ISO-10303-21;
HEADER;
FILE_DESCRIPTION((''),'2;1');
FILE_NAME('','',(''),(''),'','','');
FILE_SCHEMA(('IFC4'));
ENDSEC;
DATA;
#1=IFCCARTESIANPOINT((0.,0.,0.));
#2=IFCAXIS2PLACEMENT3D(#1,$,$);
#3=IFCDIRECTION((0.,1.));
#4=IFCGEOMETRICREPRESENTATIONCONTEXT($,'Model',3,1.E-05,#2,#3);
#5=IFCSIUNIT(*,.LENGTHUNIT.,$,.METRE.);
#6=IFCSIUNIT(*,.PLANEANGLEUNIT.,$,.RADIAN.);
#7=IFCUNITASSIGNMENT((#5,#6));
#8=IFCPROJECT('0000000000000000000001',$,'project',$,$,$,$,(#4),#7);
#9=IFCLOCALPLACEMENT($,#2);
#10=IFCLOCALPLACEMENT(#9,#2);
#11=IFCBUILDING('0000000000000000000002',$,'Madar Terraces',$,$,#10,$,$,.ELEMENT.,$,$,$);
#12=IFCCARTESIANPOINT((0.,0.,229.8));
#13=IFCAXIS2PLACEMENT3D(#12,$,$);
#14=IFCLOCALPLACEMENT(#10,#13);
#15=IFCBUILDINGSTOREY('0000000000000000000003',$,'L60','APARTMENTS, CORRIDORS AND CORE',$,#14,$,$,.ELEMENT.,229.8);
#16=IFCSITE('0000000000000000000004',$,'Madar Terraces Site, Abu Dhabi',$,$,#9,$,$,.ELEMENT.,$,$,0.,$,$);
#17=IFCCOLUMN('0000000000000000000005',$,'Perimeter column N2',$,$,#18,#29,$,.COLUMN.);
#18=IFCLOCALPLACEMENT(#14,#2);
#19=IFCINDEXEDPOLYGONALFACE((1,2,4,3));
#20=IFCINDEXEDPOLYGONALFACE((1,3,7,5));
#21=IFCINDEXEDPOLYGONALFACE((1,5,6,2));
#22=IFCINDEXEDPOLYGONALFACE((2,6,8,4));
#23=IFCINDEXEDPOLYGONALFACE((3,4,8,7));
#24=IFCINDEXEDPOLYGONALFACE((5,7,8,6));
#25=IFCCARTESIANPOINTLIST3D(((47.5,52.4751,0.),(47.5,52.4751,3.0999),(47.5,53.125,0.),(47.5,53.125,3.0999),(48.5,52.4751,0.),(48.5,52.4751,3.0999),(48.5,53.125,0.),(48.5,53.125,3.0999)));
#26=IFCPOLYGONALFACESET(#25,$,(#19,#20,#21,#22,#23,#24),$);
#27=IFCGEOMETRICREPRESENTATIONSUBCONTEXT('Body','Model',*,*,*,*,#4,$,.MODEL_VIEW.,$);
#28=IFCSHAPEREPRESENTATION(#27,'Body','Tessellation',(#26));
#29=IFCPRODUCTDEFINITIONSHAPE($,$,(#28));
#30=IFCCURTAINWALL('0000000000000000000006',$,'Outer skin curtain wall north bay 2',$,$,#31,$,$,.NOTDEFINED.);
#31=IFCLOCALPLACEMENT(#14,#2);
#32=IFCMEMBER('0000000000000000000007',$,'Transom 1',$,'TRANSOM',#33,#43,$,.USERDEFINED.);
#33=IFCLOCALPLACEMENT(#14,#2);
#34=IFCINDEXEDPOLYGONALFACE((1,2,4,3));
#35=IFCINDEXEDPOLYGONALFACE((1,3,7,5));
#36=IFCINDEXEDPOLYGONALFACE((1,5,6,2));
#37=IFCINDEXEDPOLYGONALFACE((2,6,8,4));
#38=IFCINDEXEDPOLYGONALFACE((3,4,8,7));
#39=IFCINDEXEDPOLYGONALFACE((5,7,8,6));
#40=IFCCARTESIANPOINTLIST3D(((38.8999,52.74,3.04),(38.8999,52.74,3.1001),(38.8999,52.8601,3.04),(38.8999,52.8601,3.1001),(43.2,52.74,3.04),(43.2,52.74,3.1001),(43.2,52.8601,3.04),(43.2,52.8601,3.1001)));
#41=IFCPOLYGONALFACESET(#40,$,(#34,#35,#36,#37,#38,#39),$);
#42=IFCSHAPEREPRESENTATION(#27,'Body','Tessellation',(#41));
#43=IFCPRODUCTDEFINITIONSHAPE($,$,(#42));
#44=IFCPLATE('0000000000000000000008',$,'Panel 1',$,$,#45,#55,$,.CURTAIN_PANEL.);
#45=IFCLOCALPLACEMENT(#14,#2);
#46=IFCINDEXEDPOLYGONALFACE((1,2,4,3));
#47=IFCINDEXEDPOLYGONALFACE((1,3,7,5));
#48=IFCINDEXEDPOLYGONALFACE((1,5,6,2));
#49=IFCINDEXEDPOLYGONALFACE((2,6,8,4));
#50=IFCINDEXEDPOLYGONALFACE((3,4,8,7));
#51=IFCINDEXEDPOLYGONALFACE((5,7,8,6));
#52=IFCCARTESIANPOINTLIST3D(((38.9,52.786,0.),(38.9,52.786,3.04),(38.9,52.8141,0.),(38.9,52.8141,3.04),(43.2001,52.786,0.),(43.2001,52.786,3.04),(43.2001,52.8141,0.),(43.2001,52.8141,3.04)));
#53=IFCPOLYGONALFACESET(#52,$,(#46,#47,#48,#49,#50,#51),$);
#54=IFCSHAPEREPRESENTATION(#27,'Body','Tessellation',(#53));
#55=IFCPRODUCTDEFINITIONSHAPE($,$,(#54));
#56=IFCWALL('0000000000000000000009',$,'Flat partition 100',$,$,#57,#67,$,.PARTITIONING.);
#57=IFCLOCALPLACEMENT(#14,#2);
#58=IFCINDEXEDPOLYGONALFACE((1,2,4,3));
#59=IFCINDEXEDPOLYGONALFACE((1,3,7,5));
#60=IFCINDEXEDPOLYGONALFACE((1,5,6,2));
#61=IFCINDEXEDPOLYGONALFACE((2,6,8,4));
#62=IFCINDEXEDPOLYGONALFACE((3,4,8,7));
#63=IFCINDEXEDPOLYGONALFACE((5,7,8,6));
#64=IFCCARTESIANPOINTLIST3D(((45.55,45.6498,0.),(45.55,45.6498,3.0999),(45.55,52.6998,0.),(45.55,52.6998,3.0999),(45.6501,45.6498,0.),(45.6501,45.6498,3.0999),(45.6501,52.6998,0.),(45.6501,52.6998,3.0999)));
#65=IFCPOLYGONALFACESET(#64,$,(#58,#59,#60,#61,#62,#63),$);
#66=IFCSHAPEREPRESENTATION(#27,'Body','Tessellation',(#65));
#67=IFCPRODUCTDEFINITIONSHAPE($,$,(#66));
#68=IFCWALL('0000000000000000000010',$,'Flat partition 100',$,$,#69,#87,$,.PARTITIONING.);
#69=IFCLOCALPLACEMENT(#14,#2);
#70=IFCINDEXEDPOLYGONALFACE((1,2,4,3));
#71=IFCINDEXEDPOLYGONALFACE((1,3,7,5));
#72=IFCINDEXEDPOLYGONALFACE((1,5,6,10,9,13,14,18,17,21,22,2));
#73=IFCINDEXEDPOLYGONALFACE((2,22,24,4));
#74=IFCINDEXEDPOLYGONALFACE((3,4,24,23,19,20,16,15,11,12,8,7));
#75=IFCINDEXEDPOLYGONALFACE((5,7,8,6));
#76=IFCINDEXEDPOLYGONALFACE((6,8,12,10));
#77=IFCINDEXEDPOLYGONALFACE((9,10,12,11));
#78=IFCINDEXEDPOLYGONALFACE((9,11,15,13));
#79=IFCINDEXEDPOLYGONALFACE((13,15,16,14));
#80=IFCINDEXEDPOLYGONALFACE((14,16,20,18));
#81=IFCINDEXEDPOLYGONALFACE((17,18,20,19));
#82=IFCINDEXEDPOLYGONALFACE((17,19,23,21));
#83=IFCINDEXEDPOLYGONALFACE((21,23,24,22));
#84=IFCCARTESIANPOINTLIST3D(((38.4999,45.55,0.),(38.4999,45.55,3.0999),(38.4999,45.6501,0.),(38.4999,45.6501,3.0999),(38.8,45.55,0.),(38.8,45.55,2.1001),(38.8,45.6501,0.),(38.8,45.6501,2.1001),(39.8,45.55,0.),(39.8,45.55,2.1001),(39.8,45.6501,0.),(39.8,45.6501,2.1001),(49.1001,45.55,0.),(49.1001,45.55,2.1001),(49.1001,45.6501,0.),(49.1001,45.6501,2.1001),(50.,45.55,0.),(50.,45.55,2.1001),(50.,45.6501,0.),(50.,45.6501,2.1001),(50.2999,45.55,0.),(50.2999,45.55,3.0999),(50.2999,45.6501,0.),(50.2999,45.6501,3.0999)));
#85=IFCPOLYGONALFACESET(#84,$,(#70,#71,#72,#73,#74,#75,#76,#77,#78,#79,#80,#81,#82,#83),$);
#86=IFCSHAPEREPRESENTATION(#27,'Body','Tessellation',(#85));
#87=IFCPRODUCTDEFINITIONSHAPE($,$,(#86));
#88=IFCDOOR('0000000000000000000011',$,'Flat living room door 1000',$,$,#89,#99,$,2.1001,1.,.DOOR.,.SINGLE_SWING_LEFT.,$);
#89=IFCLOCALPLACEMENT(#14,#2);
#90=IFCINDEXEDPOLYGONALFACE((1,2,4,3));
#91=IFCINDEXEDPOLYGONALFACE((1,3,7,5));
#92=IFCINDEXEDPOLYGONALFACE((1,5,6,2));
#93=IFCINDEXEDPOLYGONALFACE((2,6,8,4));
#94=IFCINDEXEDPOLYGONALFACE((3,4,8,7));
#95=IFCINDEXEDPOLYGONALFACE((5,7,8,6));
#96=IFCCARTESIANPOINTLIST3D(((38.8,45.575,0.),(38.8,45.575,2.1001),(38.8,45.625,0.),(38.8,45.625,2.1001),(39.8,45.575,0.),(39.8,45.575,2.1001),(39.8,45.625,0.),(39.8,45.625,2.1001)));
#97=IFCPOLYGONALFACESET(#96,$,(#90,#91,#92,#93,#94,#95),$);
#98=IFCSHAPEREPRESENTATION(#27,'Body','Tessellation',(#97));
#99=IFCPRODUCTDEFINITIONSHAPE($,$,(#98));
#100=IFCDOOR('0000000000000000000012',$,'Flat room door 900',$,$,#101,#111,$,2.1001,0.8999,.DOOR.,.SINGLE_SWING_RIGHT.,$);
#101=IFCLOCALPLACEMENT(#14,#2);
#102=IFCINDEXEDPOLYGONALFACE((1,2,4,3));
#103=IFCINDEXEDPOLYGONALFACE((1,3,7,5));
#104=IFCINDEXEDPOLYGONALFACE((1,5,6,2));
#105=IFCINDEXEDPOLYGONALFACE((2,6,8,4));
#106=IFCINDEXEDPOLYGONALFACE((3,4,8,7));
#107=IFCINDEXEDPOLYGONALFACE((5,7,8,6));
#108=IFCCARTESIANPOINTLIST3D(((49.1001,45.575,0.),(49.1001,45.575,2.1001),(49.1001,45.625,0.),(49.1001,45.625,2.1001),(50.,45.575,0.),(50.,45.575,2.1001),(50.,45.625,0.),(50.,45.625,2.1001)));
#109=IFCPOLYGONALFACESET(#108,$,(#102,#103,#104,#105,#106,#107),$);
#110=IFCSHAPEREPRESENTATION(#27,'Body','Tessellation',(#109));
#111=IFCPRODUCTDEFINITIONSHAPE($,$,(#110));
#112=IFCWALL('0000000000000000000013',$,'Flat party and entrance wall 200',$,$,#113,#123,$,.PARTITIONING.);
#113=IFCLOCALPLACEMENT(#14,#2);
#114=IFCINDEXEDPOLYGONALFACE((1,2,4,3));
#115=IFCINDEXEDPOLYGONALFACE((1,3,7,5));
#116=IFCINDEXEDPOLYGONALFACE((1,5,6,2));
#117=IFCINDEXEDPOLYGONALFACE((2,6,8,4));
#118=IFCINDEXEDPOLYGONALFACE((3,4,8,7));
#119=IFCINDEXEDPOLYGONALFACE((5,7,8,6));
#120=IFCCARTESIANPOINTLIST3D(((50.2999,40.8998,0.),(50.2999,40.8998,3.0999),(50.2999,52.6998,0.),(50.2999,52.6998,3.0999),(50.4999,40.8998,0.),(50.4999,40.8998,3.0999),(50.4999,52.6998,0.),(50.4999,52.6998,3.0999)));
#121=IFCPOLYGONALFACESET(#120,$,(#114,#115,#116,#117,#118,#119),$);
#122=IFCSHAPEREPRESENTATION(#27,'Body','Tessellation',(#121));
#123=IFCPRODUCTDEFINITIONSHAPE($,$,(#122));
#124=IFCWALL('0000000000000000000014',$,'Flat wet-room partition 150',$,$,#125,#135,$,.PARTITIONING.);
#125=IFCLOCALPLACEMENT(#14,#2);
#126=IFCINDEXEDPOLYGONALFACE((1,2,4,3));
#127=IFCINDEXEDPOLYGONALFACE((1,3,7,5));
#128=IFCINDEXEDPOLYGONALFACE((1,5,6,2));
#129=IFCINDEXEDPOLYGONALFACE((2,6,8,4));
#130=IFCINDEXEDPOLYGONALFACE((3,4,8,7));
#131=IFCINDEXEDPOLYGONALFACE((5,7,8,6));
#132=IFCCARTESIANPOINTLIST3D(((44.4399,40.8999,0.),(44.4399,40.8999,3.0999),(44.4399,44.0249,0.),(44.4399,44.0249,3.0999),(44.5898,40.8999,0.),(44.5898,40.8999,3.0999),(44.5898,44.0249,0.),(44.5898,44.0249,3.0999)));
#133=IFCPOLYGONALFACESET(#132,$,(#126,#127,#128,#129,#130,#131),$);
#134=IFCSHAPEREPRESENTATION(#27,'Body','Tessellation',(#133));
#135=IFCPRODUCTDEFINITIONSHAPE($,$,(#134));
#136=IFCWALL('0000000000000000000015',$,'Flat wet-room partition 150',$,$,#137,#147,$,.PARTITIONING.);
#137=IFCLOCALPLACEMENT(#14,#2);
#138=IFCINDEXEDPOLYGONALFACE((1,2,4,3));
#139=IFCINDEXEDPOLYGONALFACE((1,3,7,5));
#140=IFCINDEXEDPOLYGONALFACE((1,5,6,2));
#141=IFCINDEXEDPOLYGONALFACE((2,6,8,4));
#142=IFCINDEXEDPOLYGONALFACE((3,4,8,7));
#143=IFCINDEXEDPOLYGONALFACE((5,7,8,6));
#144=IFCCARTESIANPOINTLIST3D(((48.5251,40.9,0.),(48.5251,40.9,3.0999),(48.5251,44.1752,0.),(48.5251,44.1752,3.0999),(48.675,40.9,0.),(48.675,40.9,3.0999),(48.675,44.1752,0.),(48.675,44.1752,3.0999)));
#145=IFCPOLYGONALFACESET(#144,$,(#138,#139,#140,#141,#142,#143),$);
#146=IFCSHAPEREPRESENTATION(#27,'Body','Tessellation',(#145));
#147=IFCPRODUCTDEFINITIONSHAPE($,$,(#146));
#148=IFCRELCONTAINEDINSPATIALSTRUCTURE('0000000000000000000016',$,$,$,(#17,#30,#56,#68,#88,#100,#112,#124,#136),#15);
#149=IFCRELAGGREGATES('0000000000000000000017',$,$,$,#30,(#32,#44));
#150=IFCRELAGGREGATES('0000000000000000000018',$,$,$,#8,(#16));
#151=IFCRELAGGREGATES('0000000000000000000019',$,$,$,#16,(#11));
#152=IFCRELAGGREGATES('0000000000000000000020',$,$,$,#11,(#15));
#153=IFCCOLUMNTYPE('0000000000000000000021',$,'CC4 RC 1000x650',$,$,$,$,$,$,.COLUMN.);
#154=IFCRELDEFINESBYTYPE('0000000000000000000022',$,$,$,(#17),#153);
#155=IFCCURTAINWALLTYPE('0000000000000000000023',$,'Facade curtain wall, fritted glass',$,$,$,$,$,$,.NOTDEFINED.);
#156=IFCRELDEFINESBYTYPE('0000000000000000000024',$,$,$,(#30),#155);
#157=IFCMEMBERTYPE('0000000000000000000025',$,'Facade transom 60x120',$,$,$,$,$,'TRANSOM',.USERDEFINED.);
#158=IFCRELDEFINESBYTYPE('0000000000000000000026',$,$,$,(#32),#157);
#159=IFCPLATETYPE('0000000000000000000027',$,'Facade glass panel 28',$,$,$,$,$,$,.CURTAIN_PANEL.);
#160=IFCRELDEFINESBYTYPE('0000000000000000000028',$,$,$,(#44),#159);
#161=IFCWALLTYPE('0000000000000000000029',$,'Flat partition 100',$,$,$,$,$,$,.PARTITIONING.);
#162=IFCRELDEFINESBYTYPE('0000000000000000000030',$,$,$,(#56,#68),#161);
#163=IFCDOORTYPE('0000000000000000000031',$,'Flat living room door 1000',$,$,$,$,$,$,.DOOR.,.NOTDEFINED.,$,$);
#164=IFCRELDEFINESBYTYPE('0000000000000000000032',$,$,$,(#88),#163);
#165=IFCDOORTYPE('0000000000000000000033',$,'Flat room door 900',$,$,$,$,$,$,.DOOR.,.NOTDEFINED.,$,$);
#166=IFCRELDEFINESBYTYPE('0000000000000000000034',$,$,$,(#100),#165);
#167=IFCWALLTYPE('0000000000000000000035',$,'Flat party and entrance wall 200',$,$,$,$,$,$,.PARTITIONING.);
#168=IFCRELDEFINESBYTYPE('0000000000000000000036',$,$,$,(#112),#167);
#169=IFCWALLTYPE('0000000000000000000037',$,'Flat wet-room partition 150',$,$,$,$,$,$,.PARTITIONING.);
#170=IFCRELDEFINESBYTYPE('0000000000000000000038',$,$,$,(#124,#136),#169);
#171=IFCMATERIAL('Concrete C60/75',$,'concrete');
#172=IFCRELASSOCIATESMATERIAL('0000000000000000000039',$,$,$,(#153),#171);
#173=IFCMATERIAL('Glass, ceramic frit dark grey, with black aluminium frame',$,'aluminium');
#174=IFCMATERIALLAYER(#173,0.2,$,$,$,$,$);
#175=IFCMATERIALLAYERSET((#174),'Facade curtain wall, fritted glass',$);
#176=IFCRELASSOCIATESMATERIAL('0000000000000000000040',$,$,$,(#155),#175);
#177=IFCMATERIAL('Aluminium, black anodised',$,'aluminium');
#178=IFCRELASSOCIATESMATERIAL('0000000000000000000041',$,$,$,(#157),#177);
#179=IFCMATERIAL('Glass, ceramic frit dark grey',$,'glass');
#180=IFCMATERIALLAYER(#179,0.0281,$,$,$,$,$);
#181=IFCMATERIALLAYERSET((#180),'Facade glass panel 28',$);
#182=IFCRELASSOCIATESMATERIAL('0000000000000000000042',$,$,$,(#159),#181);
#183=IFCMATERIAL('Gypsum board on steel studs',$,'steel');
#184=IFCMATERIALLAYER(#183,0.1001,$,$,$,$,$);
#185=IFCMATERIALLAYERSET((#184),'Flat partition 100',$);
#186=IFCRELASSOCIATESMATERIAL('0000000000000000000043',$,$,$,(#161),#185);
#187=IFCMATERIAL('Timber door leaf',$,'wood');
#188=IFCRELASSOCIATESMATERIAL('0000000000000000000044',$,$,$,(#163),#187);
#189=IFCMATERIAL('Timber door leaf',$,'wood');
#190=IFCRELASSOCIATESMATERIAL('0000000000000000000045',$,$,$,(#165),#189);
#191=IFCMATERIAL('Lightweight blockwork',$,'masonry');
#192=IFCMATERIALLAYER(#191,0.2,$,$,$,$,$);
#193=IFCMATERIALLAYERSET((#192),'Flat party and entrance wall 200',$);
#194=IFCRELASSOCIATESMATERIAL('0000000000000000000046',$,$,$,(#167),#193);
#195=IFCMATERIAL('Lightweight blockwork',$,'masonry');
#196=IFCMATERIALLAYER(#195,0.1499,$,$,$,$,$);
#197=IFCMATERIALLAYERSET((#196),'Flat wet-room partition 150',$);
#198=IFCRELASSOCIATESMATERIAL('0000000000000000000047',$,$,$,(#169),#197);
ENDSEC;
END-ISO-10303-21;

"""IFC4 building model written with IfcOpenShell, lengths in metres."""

from ifc_helpers import new_model, si_unit, direction, frame, frame_2d, origin, origin_2d, place, context, subcontext, project, spatial, rectangle, extrude, material, layer, layer_set, material_profile, profile_set, type_object, element, fill, aggregate, save


model = new_model("IFC4")

# Units and contexts
model_context = context("Model", 3, precision=1e-05, world=origin(), true_north=direction((0.0, 1.0)))
body_context = subcontext(model_context, "Body", "Model", "MODEL_VIEW")
ifc_project = project(units=[si_unit("LENGTHUNIT", "METRE"), si_unit("PLANEANGLEUNIT", "RADIAN")], contexts=[model_context])

# Site, building, storey
site_placement = place(None, origin())
site = spatial("IfcSite", under=ifc_project, at=site_placement, Name="Madar Terraces Site, Abu Dhabi", CompositionType="ELEMENT", RefElevation=0.0)
building_placement = place(site_placement, origin())
building = spatial("IfcBuilding", under=site, at=building_placement, Name="Madar Terraces", CompositionType="ELEMENT")
storey_placement = place(building_placement, frame((0.0, 0.0, 229.8)))
storey = spatial("IfcBuildingStorey", under=building, at=storey_placement, Name="L60", Description="APARTMENTS, CORRIDORS AND CORE", CompositionType="ELEMENT", Elevation=229.8)

# Column
ifc_material_1 = material(Name="Concrete C60/75", Category="concrete")
ifc_material_profile_1 = material_profile(ifc_material_1, rectangle(XDim=1.0, YDim=0.6499, at=origin_2d()), Name="CC4 RC 1000x650")
ifc_profile_set_1 = profile_set([ifc_material_profile_1], Name="Concrete C60/75")
column_type = type_object("IfcColumnType", Name="CC4 RC 1000x650", PredefinedType="COLUMN", material=ifc_profile_set_1)
column_placement = place(storey_placement, frame((48.0, 52.8, 0.0), z_axis=(0.0, 0.0, 1.0), x_axis=(1.0, 0.0, 0.0)))
element("IfcColumn", 1, at=column_placement, inside=storey, type_object=column_type, Name="Perimeter column N2", PredefinedType="COLUMN", context=body_context, shape_type="SweptSolid", body=[
    extrude(rectangle(XDim=1.0, YDim=0.6499, at=origin_2d()), origin(), (0.0, 0.0, 1.0), 3.0999),
])

# Curtain wall, member, plate
ifc_material_2 = material(Name="Glass, ceramic frit dark grey, with black aluminium frame", Category="aluminium")
ifc_layer_1 = layer(ifc_material_2, 0.2)
ifc_layer_set_1 = layer_set([ifc_layer_1], Name="Facade curtain wall, fritted glass")
curtain_wall_type = type_object("IfcCurtainWallType", Name="Facade curtain wall, fritted glass", PredefinedType="NOTDEFINED", material=ifc_layer_set_1)
curtain_wall_placement = place(storey_placement, origin())
curtain_wall = element("IfcCurtainWall", 2, at=curtain_wall_placement, inside=storey, type_object=curtain_wall_type, Name="Outer skin curtain wall north bay 2", PredefinedType="NOTDEFINED")
ifc_material_3 = material(Name="Aluminium, black anodised", Category="aluminium")
ifc_material_profile_2 = material_profile(ifc_material_3, rectangle(XDim=0.1201, YDim=0.0601, at=origin_2d()), Name="Facade transom 60x120")
ifc_profile_set_2 = profile_set([ifc_material_profile_2], Name="Aluminium, black anodised")
member_type = type_object("IfcMemberType", Name="Facade transom 60x120", ElementType="TRANSOM", PredefinedType="USERDEFINED", material=ifc_profile_set_2)
member_placement = place(storey_placement, frame((43.2, 52.8, 3.0701), z_axis=(-1.0, 0.0, 0.0), x_axis=(0.0, -1.0, 0.0)))
member = element("IfcMember", 3, at=member_placement, type_object=member_type, Name="Transom 1", ObjectType="TRANSOM", PredefinedType="USERDEFINED", context=body_context, shape_type="SweptSolid", body=[
    extrude(rectangle(XDim=0.1201, YDim=0.0601, at=origin_2d()), origin(), (0.0, 0.0, 1.0), 4.3),
])
ifc_material_4 = material(Name="Glass, ceramic frit dark grey", Category="glass")
ifc_layer_2 = layer(ifc_material_4, 0.0281)
ifc_layer_set_2 = layer_set([ifc_layer_2], Name="Facade glass panel 28")
plate_type = type_object("IfcPlateType", Name="Facade glass panel 28", PredefinedType="CURTAIN_PANEL", material=ifc_layer_set_2)
plate_placement = place(storey_placement, frame((41.05, 52.8, 0.0), z_axis=(0.0, 0.0, 1.0), x_axis=(-1.0, 0.0, 0.0)))
plate = element("IfcPlate", 4, at=plate_placement, type_object=plate_type, Name="Panel 1", PredefinedType="CURTAIN_PANEL", context=body_context, shape_type="SweptSolid", body=[
    extrude(rectangle(XDim=4.3, YDim=0.0281, at=origin_2d()), origin(), (0.0, 0.0, 1.0), 3.04),
])
aggregate(curtain_wall, [member, plate])

# Wall
ifc_material_5 = material(Name="Gypsum board on steel studs", Category="steel")
ifc_layer_3 = layer(ifc_material_5, 0.1001)
ifc_layer_set_3 = layer_set([ifc_layer_3], Name="Flat partition 100")
wall_type_1 = type_object("IfcWallType", Name="Flat partition 100", PredefinedType="PARTITIONING", material=ifc_layer_set_3)
wall_1_placement = place(storey_placement, frame((45.6001, 45.6499, 0.0), z_axis=(0.0, 0.0, 1.0), x_axis=(0.0, 1.0, 0.0)))
element("IfcWall", 5, at=wall_1_placement, inside=storey, type_object=wall_type_1, Name="Flat partition 100", PredefinedType="PARTITIONING", context=body_context, shape_type="SweptSolid", body=[
    extrude(rectangle(XDim=7.05, YDim=0.1001, at=frame_2d((3.5249, 0.0))), origin(), (0.0, 0.0, 1.0), 3.0999),
])

# Wall, openings, doors
wall_2_placement = place(storey_placement, frame((38.5, 45.6001, 0.0), z_axis=(0.0, 0.0, 1.0), x_axis=(1.0, 0.0, 0.0)))
wall_2 = element("IfcWall", 6, at=wall_2_placement, inside=storey, type_object=wall_type_1, Name="Flat partition 100", PredefinedType="PARTITIONING", context=body_context, shape_type="SweptSolid", body=[
    extrude(rectangle(XDim=11.8, YDim=0.1001, at=frame_2d((5.8999, 0.0))), origin(), (0.0, 0.0, 1.0), 3.0999),
])
opening_1_placement = place(wall_2_placement, frame((10.6001, 0.0, 0.0)))
opening_1 = element("IfcOpeningElement", 7, at=opening_1_placement, cuts=wall_2, PredefinedType="OPENING", context=body_context, shape_type="SweptSolid", body=[
    extrude(rectangle(XDim=0.8999, YDim=2.1001, at=frame_2d((0.45, 1.05))), frame((0.0, 0.0601, 0.0), z_axis=(0.0, -1.0, 0.0), x_axis=(1.0, 0.0, 0.0)), (0.0, 0.0, 1.0), 0.1201),
])
opening_2_placement = place(wall_2_placement, frame((0.3, 0.0, 0.0)))
opening_2 = element("IfcOpeningElement", 8, at=opening_2_placement, cuts=wall_2, PredefinedType="OPENING", context=body_context, shape_type="SweptSolid", body=[
    extrude(rectangle(XDim=1.0, YDim=2.1001, at=frame_2d((0.5, 1.05))), frame((0.0, 0.0601, 0.0), z_axis=(0.0, -1.0, 0.0), x_axis=(1.0, 0.0, 0.0)), (0.0, 0.0, 1.0), 0.1201),
])
ifc_material_6 = material(Name="Timber door leaf", Category="wood")
door_type_1 = type_object("IfcDoorType", Name="Flat living room door 1000", OperationType="NOTDEFINED", PredefinedType="DOOR", material=ifc_material_6)
door_1_placement = place(opening_2_placement, origin())
door_1 = element("IfcDoor", 9, at=door_1_placement, inside=storey, type_object=door_type_1, Name="Flat living room door 1000", OperationType="SINGLE_SWING_LEFT", OverallHeight=2.1001, OverallWidth=1.0, PredefinedType="DOOR", context=body_context, shape_type="SweptSolid", body=[
    extrude(rectangle(XDim=1.0, YDim=2.1001, at=frame_2d((0.5, 1.05))), frame((0.0, 0.0249, 0.0), z_axis=(0.0, -1.0, 0.0), x_axis=(1.0, 0.0, 0.0)), (0.0, 0.0, 1.0), 0.05),
])
fill(opening_2, door_1)
ifc_material_7 = material(Name="Timber door leaf", Category="wood")
door_type_2 = type_object("IfcDoorType", Name="Flat room door 900", OperationType="NOTDEFINED", PredefinedType="DOOR", material=ifc_material_7)
door_2_placement = place(opening_1_placement, origin())
door_2 = element("IfcDoor", 10, at=door_2_placement, inside=storey, type_object=door_type_2, Name="Flat room door 900", OperationType="SINGLE_SWING_RIGHT", OverallHeight=2.1001, OverallWidth=0.8999, PredefinedType="DOOR", context=body_context, shape_type="SweptSolid", body=[
    extrude(rectangle(XDim=0.8999, YDim=2.1001, at=frame_2d((0.45, 1.05))), frame((0.0, 0.0249, 0.0), z_axis=(0.0, -1.0, 0.0), x_axis=(1.0, 0.0, 0.0)), (0.0, 0.0, 1.0), 0.05),
])
fill(opening_1, door_2)

# Walls
ifc_material_8 = material(Name="Lightweight blockwork", Category="masonry")
ifc_layer_4 = layer(ifc_material_8, 0.2)
ifc_layer_set_4 = layer_set([ifc_layer_4], Name="Flat party and entrance wall 200")
wall_type_2 = type_object("IfcWallType", Name="Flat party and entrance wall 200", PredefinedType="PARTITIONING", material=ifc_layer_set_4)
wall_3_placement = place(storey_placement, frame((50.3999, 40.8999, 0.0), z_axis=(0.0, 0.0, 1.0), x_axis=(0.0, 1.0, 0.0)))
element("IfcWall", 11, at=wall_3_placement, inside=storey, type_object=wall_type_2, Name="Flat party and entrance wall 200", PredefinedType="PARTITIONING", context=body_context, shape_type="SweptSolid", body=[
    extrude(rectangle(XDim=11.8, YDim=0.2, at=frame_2d((5.8999, 0.0))), origin(), (0.0, 0.0, 1.0), 3.0999),
])
ifc_material_9 = material(Name="Lightweight blockwork", Category="masonry")
ifc_layer_5 = layer(ifc_material_9, 0.1499)
ifc_layer_set_5 = layer_set([ifc_layer_5], Name="Flat wet-room partition 150")
wall_type_3 = type_object("IfcWallType", Name="Flat wet-room partition 150", PredefinedType="PARTITIONING", material=ifc_layer_set_5)
wall_4_placement = place(storey_placement, frame((44.5149, 40.8999, 0.0), z_axis=(0.0, 0.0, 1.0), x_axis=(0.0, 1.0, 0.0)))
element("IfcWall", 12, at=wall_4_placement, inside=storey, type_object=wall_type_3, Name="Flat wet-room partition 150", PredefinedType="PARTITIONING", context=body_context, shape_type="SweptSolid", body=[
    extrude(rectangle(XDim=3.125, YDim=0.1499, at=frame_2d((1.5625, 0.0))), origin(), (0.0, 0.0, 1.0), 3.0999),
])
wall_5_placement = place(storey_placement, frame((48.6001, 40.8999, 0.0), z_axis=(0.0, 0.0, 1.0), x_axis=(0.0, 1.0, 0.0)))
element("IfcWall", 13, at=wall_5_placement, inside=storey, type_object=wall_type_3, Name="Flat wet-room partition 150", PredefinedType="PARTITIONING", context=body_context, shape_type="SweptSolid", body=[
    extrude(rectangle(XDim=3.2751, YDim=0.1499, at=frame_2d((1.6377, 0.0))), origin(), (0.0, 0.0, 1.0), 3.0999),
])

save(model, "model.ifc")
